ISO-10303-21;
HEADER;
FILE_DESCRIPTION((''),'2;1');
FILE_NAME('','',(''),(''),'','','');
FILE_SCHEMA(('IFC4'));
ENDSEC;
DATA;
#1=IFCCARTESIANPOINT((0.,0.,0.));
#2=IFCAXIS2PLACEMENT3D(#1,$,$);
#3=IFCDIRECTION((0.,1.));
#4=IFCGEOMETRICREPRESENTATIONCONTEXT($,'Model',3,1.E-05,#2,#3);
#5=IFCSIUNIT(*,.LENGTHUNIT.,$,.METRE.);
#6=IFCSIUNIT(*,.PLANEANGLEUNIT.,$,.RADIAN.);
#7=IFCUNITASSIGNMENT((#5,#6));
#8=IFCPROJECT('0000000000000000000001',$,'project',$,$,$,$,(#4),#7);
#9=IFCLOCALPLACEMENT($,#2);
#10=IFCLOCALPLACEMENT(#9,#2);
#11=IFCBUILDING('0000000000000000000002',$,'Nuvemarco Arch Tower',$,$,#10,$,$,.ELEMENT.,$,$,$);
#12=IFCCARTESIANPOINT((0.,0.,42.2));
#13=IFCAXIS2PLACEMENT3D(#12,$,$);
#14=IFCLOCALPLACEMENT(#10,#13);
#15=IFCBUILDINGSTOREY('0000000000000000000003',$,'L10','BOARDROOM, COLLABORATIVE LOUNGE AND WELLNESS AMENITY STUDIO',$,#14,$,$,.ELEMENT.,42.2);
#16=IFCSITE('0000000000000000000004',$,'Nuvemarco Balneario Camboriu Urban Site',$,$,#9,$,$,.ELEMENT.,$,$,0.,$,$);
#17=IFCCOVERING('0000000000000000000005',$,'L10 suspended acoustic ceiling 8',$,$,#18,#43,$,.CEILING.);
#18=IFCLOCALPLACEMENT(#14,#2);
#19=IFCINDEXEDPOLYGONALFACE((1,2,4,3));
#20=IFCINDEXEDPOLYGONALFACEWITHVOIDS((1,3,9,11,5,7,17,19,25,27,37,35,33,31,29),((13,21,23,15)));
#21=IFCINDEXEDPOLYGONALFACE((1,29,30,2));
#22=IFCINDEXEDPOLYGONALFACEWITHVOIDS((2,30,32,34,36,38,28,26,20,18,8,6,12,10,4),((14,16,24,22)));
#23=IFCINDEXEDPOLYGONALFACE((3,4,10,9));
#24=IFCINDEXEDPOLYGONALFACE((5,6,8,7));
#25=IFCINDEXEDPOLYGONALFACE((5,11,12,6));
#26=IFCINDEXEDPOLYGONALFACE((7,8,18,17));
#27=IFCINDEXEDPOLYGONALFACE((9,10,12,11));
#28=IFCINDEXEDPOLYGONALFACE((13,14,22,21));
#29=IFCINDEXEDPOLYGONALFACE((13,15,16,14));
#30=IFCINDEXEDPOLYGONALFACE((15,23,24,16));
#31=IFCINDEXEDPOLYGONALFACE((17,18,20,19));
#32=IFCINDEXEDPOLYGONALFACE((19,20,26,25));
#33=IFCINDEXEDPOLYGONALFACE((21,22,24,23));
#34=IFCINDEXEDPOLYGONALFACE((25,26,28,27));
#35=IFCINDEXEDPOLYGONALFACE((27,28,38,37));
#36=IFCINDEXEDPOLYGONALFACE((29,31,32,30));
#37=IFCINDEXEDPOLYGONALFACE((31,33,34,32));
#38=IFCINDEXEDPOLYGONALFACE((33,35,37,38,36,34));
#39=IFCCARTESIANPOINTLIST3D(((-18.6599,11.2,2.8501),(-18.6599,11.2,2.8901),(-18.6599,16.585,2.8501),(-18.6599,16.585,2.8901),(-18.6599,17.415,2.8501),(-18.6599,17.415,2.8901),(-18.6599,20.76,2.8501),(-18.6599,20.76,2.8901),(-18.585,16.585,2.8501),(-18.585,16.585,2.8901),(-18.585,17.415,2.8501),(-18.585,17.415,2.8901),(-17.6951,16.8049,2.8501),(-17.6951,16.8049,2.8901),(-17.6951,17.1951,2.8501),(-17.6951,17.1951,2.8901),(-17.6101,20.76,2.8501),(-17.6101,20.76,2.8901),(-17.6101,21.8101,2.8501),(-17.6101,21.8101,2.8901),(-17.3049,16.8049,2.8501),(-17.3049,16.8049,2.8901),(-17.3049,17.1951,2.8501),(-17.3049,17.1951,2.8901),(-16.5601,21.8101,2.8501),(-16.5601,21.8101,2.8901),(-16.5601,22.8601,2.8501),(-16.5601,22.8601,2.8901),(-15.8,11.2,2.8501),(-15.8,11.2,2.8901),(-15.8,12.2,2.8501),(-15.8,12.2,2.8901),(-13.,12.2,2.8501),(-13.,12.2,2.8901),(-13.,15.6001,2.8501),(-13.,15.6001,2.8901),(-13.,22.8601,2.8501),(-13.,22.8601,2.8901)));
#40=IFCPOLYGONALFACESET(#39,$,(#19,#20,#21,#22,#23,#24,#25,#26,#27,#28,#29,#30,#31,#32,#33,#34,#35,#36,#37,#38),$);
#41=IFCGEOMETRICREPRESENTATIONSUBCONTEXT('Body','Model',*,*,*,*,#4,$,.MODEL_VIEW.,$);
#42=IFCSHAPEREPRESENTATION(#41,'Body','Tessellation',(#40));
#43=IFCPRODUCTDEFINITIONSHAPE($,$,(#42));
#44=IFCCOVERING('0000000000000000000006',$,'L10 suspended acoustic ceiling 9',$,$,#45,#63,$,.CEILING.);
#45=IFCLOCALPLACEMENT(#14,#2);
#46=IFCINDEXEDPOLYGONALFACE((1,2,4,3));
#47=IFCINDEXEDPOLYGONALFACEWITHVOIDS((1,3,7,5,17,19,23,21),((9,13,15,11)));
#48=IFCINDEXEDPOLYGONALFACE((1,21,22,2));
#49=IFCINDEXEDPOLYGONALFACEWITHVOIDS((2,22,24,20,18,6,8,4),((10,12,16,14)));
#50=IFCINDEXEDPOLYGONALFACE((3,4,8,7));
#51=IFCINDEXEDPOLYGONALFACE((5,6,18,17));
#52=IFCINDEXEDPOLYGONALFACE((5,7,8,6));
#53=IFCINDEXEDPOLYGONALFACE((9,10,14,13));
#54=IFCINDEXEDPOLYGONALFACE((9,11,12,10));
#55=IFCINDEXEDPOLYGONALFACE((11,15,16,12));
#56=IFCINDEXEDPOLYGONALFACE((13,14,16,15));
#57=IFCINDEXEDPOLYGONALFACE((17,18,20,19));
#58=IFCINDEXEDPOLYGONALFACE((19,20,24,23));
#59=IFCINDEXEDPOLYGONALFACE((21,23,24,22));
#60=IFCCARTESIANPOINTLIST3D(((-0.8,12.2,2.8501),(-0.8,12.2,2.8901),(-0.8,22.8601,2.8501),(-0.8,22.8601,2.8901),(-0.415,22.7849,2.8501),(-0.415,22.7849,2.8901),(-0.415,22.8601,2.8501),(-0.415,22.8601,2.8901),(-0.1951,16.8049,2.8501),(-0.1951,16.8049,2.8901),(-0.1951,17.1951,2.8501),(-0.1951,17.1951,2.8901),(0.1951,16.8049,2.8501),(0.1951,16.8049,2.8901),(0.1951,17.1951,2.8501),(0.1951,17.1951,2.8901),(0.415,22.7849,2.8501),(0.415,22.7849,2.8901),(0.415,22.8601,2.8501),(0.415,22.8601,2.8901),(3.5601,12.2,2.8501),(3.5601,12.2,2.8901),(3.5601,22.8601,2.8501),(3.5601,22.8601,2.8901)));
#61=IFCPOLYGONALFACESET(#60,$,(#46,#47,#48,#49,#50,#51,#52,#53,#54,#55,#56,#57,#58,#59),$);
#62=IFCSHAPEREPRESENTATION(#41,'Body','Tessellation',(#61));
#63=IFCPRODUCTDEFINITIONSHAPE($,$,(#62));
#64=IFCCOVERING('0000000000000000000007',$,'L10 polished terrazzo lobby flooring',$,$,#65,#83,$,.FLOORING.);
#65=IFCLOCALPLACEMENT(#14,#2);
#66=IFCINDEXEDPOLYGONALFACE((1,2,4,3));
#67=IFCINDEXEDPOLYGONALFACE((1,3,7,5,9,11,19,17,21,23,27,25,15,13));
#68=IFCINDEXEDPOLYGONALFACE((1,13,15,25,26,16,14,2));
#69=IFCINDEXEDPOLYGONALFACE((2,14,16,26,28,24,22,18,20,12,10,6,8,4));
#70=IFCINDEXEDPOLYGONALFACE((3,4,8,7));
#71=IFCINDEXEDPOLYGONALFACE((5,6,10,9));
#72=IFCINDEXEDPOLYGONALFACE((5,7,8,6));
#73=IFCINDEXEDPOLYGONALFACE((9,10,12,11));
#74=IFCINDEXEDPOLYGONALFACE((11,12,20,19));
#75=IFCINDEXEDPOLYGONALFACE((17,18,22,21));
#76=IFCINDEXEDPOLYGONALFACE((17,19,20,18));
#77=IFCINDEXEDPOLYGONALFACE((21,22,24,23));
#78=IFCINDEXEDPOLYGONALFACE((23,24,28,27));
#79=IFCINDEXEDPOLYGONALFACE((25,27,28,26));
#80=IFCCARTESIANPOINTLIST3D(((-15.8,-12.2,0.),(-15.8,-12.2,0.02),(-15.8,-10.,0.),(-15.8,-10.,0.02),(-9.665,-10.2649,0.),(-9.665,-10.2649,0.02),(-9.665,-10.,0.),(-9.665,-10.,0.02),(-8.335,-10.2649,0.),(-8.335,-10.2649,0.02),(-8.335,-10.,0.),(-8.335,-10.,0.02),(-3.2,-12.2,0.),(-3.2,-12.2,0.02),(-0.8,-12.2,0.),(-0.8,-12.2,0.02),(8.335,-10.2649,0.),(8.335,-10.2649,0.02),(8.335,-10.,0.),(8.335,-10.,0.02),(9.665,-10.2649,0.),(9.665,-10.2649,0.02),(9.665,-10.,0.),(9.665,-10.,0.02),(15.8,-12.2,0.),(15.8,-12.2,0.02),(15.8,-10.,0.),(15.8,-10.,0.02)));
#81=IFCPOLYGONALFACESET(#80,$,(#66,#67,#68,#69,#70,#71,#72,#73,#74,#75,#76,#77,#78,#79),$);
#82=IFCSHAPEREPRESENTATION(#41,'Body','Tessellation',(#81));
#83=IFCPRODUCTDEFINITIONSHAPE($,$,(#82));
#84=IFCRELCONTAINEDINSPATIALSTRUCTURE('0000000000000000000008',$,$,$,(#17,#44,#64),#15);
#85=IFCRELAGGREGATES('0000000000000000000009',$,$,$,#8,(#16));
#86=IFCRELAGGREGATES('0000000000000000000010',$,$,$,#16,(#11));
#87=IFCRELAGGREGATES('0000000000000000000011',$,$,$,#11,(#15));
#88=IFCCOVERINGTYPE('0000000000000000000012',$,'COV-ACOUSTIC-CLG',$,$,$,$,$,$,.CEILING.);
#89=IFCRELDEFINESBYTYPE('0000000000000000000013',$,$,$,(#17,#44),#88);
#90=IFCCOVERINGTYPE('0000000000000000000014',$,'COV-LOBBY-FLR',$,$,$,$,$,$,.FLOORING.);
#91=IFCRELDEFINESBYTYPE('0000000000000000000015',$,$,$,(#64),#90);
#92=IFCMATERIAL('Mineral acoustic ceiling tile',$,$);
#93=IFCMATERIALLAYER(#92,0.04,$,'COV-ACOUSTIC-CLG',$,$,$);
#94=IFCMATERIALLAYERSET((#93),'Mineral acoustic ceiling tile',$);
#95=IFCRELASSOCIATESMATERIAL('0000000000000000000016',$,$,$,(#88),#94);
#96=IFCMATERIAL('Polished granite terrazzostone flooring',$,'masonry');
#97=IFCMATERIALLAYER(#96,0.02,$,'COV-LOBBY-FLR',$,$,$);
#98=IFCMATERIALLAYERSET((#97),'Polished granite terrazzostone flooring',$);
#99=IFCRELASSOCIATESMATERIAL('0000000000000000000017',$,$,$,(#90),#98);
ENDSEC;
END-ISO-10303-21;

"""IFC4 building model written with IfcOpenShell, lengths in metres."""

from ifc_helpers import new_model, si_unit, direction, frame, origin, place, context, subcontext, project, spatial, polyline, outline, extrude, material, layer, layer_set, type_object, element, save


model = new_model("IFC4")

# Units and contexts
model_context = context("Model", 3, precision=1e-05, world=origin(), true_north=direction((0.0, 1.0)))
body_context = subcontext(model_context, "Body", "Model", "MODEL_VIEW")
ifc_project = project(units=[si_unit("LENGTHUNIT", "METRE"), si_unit("PLANEANGLEUNIT", "RADIAN")], contexts=[model_context])

# Site, building, storey
site_placement = place(None, origin())
site = spatial("IfcSite", under=ifc_project, at=site_placement, Name="Nuvemarco Balneario Camboriu Urban Site", CompositionType="ELEMENT", RefElevation=0.0)
building_placement = place(site_placement, origin())
building = spatial("IfcBuilding", under=site, at=building_placement, Name="Nuvemarco Arch Tower", CompositionType="ELEMENT")
storey_placement = place(building_placement, frame((0.0, 0.0, 42.2)))
storey = spatial("IfcBuildingStorey", under=building, at=storey_placement, Name="L10", Description="BOARDROOM, COLLABORATIVE LOUNGE AND WELLNESS AMENITY STUDIO", CompositionType="ELEMENT", Elevation=42.2)

# Coverings
ifc_material_1 = material(Name="Mineral acoustic ceiling tile")
ifc_layer_1 = layer(ifc_material_1, 0.04, Name="COV-ACOUSTIC-CLG")
ifc_layer_set_1 = layer_set([ifc_layer_1], Name="Mineral acoustic ceiling tile")
covering_type_1 = type_object("IfcCoveringType", Name="COV-ACOUSTIC-CLG", PredefinedType="CEILING", material=ifc_layer_set_1)
covering_1_placement = place(storey_placement, frame((0.0, 0.0, 2.8501)))
element("IfcCovering", 1, at=covering_1_placement, inside=storey, type_object=covering_type_1, Name="L10 suspended acoustic ceiling 8", PredefinedType="CEILING", context=body_context, shape_type="SweptSolid", body=[
    extrude(outline(polyline([(-18.585, 16.585), (-18.585, 17.415), (-18.6599, 17.415), (-18.6599, 20.76), (-17.6101, 20.76), (-17.6101, 21.8101), (-16.5601, 21.8101), (-16.5601, 22.8601), (-13.0, 22.8601), (-13.0, 15.6001), (-13.0, 12.2), (-15.8, 12.2), (-15.8, 11.2), (-18.6599, 11.2), (-18.6599, 16.585), (-18.585, 16.585)]), holes=[polyline([(-17.3049, 16.8049), (-17.3049, 17.1951), (-17.6951, 17.1951), (-17.6951, 16.8049), (-17.3049, 16.8049)])]), origin(), (0.0, 0.0, 1.0), 0.04),
])
covering_2_placement = place(storey_placement, frame((0.0, 0.0, 2.8501)))
element("IfcCovering", 2, at=covering_2_placement, inside=storey, type_object=covering_type_1, Name="L10 suspended acoustic ceiling 9", PredefinedType="CEILING", context=body_context, shape_type="SweptSolid", body=[
    extrude(outline(polyline([(3.5601, 12.2), (-0.8, 12.2), (-0.8, 22.8601), (-0.415, 22.8601), (-0.415, 22.7849), (0.415, 22.7849), (0.415, 22.8601), (3.5601, 22.8601), (3.5601, 12.2)]), holes=[polyline([(0.1951, 16.8049), (0.1951, 17.1951), (-0.1951, 17.1951), (-0.1951, 16.8049), (0.1951, 16.8049)])]), origin(), (0.0, 0.0, 1.0), 0.04),
])
ifc_material_2 = material(Name="Polished granite terrazzostone flooring", Category="masonry")
ifc_layer_2 = layer(ifc_material_2, 0.02, Name="COV-LOBBY-FLR")
ifc_layer_set_2 = layer_set([ifc_layer_2], Name="Polished granite terrazzostone flooring")
covering_type_2 = type_object("IfcCoveringType", Name="COV-LOBBY-FLR", PredefinedType="FLOORING", material=ifc_layer_set_2)
covering_3_placement = place(storey_placement, origin())
element("IfcCovering", 3, at=covering_3_placement, inside=storey, type_object=covering_type_2, Name="L10 polished terrazzo lobby flooring", PredefinedType="FLOORING", context=body_context, shape_type="SweptSolid", body=[
    extrude(outline(polyline([(-9.665, -10.2649), (-8.335, -10.2649), (-8.335, -10.0), (8.335, -10.0), (8.335, -10.2649), (9.665, -10.2649), (9.665, -10.0), (15.8, -10.0), (15.8, -12.2), (-0.8, -12.2), (-3.2, -12.2), (-15.8, -12.2), (-15.8, -10.0), (-9.665, -10.0), (-9.665, -10.2649)])), origin(), (0.0, 0.0, 1.0), 0.02),
])

save(model, "model.ifc")
